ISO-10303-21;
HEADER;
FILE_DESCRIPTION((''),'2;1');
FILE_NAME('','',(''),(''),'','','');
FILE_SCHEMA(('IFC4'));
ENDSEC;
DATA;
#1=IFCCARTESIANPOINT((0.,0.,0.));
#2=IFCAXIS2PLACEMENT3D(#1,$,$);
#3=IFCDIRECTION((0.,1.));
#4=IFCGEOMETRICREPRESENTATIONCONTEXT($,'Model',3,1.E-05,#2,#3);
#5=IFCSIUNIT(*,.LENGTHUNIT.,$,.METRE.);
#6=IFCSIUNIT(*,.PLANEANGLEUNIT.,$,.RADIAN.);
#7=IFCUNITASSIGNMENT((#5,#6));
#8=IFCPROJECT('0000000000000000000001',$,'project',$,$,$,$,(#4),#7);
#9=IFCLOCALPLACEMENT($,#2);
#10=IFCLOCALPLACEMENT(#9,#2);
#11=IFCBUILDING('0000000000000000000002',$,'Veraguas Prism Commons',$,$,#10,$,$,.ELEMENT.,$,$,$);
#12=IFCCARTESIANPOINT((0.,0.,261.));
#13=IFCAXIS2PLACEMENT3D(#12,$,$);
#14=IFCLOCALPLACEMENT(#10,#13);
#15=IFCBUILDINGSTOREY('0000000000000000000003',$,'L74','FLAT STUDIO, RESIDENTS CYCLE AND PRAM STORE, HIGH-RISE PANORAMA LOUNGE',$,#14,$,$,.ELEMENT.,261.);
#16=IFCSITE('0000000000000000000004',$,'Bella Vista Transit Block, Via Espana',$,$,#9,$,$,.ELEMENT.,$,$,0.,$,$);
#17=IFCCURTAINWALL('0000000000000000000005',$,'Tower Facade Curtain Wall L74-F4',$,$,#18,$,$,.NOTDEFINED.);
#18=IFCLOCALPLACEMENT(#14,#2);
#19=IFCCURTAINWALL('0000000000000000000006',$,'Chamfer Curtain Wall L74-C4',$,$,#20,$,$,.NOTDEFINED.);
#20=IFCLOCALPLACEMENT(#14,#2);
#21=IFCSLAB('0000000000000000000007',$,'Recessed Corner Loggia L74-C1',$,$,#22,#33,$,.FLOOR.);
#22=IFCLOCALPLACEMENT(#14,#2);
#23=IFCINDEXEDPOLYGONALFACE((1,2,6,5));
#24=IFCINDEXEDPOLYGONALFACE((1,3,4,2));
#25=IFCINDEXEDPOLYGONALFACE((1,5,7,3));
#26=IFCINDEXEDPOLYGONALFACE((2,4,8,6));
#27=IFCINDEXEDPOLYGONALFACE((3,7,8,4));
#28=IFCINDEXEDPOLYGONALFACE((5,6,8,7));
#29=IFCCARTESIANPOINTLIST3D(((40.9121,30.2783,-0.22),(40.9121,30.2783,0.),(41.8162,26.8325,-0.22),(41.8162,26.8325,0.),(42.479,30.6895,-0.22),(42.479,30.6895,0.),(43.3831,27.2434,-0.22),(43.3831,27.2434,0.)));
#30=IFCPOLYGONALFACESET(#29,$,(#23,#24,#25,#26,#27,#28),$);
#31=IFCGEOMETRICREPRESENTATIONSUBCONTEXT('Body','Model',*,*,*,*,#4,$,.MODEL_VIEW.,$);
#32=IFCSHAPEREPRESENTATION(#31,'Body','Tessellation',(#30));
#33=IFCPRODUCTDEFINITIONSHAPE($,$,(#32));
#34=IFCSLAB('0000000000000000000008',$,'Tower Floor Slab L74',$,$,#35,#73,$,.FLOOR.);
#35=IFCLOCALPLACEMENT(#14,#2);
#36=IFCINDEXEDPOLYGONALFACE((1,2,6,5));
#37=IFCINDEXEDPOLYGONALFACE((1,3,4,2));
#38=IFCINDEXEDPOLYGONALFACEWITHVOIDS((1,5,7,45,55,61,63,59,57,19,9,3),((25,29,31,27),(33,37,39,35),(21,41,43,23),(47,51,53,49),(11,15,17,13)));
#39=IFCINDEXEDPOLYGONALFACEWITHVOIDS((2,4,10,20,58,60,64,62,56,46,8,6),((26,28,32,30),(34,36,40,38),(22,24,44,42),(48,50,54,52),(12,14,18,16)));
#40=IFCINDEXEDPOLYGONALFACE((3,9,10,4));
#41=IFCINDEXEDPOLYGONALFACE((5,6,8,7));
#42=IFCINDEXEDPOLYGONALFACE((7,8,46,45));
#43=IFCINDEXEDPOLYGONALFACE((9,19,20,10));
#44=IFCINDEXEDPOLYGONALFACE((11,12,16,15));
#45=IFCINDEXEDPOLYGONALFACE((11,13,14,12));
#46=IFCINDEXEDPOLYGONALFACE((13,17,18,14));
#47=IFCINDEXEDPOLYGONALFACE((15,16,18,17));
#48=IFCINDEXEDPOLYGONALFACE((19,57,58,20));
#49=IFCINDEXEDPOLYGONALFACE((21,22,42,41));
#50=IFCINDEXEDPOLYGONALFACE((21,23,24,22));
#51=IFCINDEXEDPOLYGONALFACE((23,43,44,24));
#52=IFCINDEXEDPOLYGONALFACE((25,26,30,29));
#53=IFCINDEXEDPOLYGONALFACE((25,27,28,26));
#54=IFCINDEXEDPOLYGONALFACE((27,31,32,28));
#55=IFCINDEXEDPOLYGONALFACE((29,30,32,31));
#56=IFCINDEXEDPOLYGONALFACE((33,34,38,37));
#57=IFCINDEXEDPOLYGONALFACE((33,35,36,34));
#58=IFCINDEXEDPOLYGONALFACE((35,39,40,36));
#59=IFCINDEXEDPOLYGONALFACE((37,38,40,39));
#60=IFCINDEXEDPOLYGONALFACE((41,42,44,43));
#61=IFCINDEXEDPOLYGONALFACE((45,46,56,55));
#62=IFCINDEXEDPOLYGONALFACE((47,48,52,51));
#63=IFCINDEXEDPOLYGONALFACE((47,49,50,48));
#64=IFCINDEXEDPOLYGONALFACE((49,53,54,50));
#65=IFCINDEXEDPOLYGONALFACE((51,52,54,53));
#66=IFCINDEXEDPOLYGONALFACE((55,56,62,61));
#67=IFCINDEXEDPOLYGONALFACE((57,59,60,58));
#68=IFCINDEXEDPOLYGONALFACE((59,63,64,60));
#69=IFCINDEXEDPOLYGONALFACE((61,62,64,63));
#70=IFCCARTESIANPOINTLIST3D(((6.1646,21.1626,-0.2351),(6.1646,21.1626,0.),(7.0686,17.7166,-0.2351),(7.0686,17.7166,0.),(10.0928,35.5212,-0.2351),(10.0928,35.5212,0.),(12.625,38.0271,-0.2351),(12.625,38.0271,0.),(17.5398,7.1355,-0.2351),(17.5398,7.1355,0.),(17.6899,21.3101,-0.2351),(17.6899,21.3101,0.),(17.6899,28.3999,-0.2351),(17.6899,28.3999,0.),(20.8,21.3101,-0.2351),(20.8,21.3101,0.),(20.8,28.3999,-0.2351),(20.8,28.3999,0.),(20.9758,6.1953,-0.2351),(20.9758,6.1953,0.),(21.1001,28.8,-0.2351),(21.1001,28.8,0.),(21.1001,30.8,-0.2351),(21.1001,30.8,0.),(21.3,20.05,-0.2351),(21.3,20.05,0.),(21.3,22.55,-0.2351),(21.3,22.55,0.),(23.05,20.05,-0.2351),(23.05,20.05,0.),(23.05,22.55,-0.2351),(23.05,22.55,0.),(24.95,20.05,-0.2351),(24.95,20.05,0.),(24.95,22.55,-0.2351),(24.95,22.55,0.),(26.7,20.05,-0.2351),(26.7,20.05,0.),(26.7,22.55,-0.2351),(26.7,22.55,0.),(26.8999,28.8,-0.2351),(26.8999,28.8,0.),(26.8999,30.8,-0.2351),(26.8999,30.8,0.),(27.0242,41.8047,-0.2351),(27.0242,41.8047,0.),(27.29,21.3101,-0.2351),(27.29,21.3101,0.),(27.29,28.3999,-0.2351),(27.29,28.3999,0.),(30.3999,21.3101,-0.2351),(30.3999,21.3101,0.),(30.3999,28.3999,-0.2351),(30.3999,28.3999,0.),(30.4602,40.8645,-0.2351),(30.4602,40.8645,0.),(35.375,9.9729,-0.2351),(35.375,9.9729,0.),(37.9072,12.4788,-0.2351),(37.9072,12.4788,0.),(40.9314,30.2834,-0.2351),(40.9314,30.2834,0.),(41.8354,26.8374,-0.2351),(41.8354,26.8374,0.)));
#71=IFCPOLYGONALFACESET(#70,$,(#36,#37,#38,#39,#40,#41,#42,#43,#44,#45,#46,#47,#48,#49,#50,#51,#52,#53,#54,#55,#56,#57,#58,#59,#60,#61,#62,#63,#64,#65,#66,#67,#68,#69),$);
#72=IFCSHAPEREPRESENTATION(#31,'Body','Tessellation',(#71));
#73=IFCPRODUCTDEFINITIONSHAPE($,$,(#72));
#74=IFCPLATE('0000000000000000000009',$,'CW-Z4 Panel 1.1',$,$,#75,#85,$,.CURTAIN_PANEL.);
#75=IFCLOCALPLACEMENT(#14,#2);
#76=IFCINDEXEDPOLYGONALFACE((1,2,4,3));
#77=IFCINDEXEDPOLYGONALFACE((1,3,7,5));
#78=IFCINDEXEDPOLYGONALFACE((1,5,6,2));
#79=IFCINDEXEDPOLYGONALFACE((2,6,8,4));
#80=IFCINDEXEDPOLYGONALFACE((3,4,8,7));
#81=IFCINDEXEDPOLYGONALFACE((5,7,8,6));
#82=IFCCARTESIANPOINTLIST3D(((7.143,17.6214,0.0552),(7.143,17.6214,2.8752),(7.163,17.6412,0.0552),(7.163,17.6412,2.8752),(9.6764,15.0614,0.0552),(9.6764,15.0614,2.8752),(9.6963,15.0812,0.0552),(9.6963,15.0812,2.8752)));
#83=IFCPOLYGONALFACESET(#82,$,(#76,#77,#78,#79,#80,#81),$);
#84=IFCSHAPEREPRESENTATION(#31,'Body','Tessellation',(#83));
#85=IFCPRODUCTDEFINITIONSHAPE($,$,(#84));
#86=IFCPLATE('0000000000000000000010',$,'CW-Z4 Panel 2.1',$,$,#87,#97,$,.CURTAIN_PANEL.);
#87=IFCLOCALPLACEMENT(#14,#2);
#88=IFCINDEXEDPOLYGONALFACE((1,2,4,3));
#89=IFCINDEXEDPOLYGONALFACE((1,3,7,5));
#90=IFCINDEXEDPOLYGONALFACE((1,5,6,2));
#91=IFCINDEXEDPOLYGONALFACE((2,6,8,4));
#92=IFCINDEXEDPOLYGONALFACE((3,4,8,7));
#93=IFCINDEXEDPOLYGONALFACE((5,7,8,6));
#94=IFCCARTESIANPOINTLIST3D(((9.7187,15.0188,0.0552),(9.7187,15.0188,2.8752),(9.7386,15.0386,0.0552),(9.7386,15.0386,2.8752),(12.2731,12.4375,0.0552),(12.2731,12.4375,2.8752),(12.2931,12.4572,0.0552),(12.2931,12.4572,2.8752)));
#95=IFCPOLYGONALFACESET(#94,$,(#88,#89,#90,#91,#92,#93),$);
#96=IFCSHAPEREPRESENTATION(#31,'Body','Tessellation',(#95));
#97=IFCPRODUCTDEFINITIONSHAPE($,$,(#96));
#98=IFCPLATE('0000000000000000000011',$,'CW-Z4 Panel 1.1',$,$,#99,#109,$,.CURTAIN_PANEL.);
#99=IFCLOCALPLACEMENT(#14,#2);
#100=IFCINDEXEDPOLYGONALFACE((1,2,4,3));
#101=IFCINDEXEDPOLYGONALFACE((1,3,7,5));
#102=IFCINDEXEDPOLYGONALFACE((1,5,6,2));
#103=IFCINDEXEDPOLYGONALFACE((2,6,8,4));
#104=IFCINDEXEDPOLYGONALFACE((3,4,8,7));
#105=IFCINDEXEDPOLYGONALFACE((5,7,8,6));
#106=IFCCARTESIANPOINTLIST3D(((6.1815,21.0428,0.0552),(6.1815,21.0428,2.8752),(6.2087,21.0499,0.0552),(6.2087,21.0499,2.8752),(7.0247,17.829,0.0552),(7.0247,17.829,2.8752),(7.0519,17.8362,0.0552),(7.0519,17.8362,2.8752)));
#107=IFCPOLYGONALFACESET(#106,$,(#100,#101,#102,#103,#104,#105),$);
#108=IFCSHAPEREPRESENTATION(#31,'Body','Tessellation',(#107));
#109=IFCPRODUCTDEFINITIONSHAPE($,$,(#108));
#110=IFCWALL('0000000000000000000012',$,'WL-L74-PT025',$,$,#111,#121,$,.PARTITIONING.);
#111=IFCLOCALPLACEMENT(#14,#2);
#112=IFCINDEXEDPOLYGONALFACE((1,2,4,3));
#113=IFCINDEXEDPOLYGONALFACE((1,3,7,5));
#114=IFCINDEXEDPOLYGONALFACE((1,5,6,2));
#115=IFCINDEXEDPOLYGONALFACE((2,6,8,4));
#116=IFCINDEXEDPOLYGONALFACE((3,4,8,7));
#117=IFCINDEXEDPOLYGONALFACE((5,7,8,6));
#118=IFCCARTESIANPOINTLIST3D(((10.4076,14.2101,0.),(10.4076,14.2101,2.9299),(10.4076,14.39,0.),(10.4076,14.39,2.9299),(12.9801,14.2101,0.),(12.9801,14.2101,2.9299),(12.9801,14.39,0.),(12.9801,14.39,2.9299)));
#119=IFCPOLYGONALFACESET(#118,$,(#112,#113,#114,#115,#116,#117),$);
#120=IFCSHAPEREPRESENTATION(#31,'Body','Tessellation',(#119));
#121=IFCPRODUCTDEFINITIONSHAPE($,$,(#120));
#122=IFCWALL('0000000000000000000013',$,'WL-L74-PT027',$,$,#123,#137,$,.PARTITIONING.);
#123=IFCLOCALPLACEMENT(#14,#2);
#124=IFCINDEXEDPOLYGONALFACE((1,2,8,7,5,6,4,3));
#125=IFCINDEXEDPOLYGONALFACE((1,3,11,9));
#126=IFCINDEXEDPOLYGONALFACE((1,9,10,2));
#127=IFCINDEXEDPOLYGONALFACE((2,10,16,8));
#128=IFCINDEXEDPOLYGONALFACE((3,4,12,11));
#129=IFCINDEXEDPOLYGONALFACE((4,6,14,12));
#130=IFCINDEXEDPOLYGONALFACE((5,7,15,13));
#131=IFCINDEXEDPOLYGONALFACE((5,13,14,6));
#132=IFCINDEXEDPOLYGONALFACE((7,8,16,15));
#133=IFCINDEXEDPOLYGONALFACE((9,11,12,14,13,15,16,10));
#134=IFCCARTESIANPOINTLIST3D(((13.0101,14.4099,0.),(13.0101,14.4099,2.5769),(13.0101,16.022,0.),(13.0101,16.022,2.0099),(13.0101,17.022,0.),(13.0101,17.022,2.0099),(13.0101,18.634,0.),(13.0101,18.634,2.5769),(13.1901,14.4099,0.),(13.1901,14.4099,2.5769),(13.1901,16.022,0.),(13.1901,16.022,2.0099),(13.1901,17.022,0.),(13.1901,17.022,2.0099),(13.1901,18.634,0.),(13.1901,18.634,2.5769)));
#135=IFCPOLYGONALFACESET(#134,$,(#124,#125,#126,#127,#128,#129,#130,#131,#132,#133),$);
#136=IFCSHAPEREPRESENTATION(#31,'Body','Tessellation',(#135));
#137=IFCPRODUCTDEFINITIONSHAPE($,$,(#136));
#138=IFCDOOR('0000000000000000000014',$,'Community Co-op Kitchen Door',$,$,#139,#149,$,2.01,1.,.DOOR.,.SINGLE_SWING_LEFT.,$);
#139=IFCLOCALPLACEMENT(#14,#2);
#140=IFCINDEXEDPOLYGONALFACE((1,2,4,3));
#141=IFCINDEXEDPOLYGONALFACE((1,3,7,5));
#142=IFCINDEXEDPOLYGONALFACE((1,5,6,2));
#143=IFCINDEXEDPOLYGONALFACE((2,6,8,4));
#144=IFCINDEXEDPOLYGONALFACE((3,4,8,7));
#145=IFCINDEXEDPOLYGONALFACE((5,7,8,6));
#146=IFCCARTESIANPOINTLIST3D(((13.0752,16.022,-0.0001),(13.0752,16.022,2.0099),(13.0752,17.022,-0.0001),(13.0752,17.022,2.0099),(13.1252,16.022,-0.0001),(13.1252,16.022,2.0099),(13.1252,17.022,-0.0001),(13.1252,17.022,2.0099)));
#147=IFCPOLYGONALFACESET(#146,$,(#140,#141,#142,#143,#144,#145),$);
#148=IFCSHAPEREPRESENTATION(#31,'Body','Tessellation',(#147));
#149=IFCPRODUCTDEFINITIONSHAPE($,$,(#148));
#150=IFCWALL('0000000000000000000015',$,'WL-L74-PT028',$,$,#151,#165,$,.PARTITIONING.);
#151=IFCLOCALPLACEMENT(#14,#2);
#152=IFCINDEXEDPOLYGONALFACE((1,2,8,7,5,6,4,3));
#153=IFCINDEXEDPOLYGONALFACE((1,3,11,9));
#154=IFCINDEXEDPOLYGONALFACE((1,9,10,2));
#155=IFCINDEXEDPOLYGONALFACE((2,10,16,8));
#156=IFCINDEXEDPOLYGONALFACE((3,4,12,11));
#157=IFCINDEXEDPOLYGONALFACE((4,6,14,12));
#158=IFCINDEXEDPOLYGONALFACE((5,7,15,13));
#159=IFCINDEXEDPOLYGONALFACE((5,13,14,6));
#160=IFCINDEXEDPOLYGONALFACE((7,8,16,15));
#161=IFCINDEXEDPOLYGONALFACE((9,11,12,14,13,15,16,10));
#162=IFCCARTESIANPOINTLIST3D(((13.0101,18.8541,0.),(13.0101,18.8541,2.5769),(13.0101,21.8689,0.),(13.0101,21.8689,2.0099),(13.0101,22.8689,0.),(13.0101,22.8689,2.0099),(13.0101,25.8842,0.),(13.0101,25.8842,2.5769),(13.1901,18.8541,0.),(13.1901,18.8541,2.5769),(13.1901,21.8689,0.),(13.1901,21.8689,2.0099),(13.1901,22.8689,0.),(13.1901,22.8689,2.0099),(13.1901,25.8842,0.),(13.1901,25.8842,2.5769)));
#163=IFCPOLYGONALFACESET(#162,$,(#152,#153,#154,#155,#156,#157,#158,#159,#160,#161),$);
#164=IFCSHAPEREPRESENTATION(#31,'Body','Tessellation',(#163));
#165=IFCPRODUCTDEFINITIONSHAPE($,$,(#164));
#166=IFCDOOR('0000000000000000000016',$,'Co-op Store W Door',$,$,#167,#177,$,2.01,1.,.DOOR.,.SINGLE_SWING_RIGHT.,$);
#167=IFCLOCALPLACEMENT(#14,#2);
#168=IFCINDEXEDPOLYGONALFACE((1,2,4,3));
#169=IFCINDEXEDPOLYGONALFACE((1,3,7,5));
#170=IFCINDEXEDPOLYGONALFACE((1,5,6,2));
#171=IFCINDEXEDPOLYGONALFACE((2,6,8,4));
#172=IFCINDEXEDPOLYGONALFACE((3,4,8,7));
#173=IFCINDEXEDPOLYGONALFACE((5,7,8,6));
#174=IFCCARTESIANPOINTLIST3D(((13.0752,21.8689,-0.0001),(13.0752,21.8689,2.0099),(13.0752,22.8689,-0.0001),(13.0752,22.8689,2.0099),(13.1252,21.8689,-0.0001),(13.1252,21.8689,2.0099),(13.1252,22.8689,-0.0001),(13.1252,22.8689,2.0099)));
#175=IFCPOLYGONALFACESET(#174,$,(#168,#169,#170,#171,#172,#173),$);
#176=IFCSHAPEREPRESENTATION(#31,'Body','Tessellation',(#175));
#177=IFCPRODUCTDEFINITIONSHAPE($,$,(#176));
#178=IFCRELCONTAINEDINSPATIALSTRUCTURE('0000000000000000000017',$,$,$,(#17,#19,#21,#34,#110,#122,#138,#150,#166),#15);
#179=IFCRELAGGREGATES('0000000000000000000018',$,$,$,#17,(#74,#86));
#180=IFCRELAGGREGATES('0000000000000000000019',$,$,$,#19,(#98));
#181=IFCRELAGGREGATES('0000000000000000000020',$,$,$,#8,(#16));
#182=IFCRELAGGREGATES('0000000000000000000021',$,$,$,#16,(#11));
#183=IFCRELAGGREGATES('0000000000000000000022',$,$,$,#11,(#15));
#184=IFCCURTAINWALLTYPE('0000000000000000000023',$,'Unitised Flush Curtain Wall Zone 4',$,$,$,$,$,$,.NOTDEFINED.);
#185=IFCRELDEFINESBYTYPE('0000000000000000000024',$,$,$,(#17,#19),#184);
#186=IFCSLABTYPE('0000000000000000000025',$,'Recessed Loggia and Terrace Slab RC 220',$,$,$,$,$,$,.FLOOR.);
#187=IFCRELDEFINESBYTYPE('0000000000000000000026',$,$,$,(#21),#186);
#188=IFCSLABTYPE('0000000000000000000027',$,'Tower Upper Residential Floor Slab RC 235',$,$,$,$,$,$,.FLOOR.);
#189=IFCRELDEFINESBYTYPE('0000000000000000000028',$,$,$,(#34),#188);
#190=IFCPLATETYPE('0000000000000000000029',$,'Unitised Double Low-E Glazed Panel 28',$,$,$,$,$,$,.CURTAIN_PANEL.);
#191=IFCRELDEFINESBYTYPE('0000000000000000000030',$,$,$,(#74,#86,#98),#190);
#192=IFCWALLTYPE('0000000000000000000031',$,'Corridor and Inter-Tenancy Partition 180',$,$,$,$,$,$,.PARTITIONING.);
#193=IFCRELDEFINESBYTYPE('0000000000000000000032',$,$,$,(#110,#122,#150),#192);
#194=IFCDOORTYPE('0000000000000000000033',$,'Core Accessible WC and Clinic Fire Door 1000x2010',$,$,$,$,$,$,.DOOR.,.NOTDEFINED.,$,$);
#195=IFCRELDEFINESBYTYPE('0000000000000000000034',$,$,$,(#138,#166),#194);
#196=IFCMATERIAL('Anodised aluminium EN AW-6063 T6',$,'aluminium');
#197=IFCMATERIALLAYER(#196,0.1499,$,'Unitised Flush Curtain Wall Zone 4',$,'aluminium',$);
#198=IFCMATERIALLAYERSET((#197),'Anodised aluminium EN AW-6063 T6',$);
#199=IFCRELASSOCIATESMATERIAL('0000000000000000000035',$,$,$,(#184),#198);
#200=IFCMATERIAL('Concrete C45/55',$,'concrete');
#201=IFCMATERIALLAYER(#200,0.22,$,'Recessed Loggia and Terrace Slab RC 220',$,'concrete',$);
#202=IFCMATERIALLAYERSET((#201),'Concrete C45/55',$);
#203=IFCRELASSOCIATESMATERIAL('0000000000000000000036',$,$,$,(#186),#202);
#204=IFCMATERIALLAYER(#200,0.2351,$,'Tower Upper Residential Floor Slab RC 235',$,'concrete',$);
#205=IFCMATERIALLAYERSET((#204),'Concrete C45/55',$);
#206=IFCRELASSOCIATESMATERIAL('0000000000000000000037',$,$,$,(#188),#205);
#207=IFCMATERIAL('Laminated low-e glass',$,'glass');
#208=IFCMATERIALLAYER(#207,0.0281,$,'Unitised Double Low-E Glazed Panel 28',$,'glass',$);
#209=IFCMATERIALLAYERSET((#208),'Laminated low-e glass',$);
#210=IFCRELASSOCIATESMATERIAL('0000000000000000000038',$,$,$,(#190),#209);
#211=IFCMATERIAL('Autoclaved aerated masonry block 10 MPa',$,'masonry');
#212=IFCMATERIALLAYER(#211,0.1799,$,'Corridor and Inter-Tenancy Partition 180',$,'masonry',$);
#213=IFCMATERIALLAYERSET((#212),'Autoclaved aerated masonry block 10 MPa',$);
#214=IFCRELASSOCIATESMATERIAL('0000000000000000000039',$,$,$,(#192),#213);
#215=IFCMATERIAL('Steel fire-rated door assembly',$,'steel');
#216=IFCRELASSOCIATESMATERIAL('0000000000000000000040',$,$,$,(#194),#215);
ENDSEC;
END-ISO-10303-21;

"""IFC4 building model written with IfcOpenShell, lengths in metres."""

from ifc_helpers import new_model, si_unit, direction, frame, frame_2d, origin, origin_2d, place, context, subcontext, project, spatial, polyline, rectangle, outline, extrude, source, transform, mapped, material, layer, layer_set, type_object, element, fill, aggregate, save


model = new_model("IFC4")

# Units and contexts
model_context = context("Model", 3, precision=1e-05, world=origin(), true_north=direction((0.0, 1.0)))
body_context = subcontext(model_context, "Body", "Model", "MODEL_VIEW")
ifc_project = project(units=[si_unit("LENGTHUNIT", "METRE"), si_unit("PLANEANGLEUNIT", "RADIAN")], contexts=[model_context])

# Site, building, storey
site_placement = place(None, origin())
site = spatial("IfcSite", under=ifc_project, at=site_placement, Name="Bella Vista Transit Block, Via Espana", CompositionType="ELEMENT", RefElevation=0.0)
building_placement = place(site_placement, origin())
building = spatial("IfcBuilding", under=site, at=building_placement, Name="Veraguas Prism Commons", CompositionType="ELEMENT")
storey_placement = place(building_placement, frame((0.0, 0.0, 261.0)))
storey = spatial("IfcBuildingStorey", under=building, at=storey_placement, Name="L74", Description="FLAT STUDIO, RESIDENTS CYCLE AND PRAM STORE, HIGH-RISE PANORAMA LOUNGE", CompositionType="ELEMENT", Elevation=261.0)

# Curtain wall
ifc_material_1 = material(Name="Anodised aluminium EN AW-6063 T6", Category="aluminium")
ifc_layer_1 = layer(ifc_material_1, 0.1499, Name="Unitised Flush Curtain Wall Zone 4", Category="aluminium")
ifc_layer_set_1 = layer_set([ifc_layer_1], Name="Anodised aluminium EN AW-6063 T6")
curtain_wall_type = type_object("IfcCurtainWallType", Name="Unitised Flush Curtain Wall Zone 4", PredefinedType="NOTDEFINED", material=ifc_layer_set_1)
curtain_wall_1_placement = place(storey_placement, origin())
curtain_wall_1 = element("IfcCurtainWall", 1, at=curtain_wall_1_placement, inside=storey, type_object=curtain_wall_type, Name="Tower Facade Curtain Wall L74-F4", PredefinedType="NOTDEFINED")

# Curtain wall
curtain_wall_2_placement = place(storey_placement, origin())
curtain_wall_2 = element("IfcCurtainWall", 2, at=curtain_wall_2_placement, inside=storey, type_object=curtain_wall_type, Name="Chamfer Curtain Wall L74-C4", PredefinedType="NOTDEFINED")

# Slabs
ifc_material_2 = material(Name="Concrete C45/55", Category="concrete")
ifc_layer_2 = layer(ifc_material_2, 0.22, Name="Recessed Loggia and Terrace Slab RC 220", Category="concrete")
ifc_layer_set_2 = layer_set([ifc_layer_2], Name="Concrete C45/55")
slab_type_1 = type_object("IfcSlabType", Name="Recessed Loggia and Terrace Slab RC 220", PredefinedType="FLOOR", material=ifc_layer_set_2)
slab_1_placement = place(storey_placement, frame((0.0, 0.0, -0.22)))
element("IfcSlab", 3, at=slab_1_placement, inside=storey, type_object=slab_type_1, Name="Recessed Corner Loggia L74-C1", PredefinedType="FLOOR", context=body_context, shape_type="SweptSolid", body=[
    extrude(outline(polyline([(41.8162, 26.8325), (43.3831, 27.2434), (42.479, 30.6895), (40.9121, 30.2783), (41.8162, 26.8325)])), origin(), (0.0, 0.0, 1.0), 0.22),
])
ifc_layer_3 = layer(ifc_material_2, 0.2351, Name="Tower Upper Residential Floor Slab RC 235", Category="concrete")
ifc_layer_set_3 = layer_set([ifc_layer_3], Name="Concrete C45/55")
slab_type_2 = type_object("IfcSlabType", Name="Tower Upper Residential Floor Slab RC 235", PredefinedType="FLOOR", material=ifc_layer_set_3)
slab_2_placement = place(storey_placement, frame((0.0, 0.0, -0.2351)))
element("IfcSlab", 4, at=slab_2_placement, inside=storey, type_object=slab_type_2, Name="Tower Floor Slab L74", PredefinedType="FLOOR", context=body_context, shape_type="SweptSolid", body=[
    extrude(outline(polyline([(41.8354, 26.8374), (40.9314, 30.2834), (30.4602, 40.8645), (27.0242, 41.8047), (12.625, 38.0271), (10.0928, 35.5212), (6.1646, 21.1626), (7.0686, 17.7166), (17.5398, 7.1355), (20.9758, 6.1953), (35.375, 9.9729), (37.9072, 12.4788), (41.8354, 26.8374)]), holes=[polyline([(20.8, 21.3101), (20.8, 28.3999), (17.6899, 28.3999), (17.6899, 21.3101), (20.8, 21.3101)]), polyline([(30.3999, 21.3101), (30.3999, 28.3999), (27.29, 28.3999), (27.29, 21.3101), (30.3999, 21.3101)]), polyline([(21.1001, 28.8), (26.8999, 28.8), (26.8999, 30.8), (21.1001, 30.8), (21.1001, 28.8)]), polyline([(21.3, 20.05), (23.05, 20.05), (23.05, 22.55), (21.3, 22.55), (21.3, 20.05)]), polyline([(24.95, 20.05), (26.7, 20.05), (26.7, 22.55), (24.95, 22.55), (24.95, 20.05)])]), origin(), (0.0, 0.0, 1.0), 0.2351),
])

# Plates
ifc_material_3 = material(Name="Laminated low-e glass", Category="glass")
ifc_layer_4 = layer(ifc_material_3, 0.0281, Name="Unitised Double Low-E Glazed Panel 28", Category="glass")
ifc_layer_set_4 = layer_set([ifc_layer_4], Name="Laminated low-e glass")
plate_type = type_object("IfcPlateType", Name="Unitised Double Low-E Glazed Panel 28", PredefinedType="CURTAIN_PANEL", material=ifc_layer_set_4)
shared_shape_1 = source(origin(), body_context, "Body", "SweptSolid", [
    extrude(rectangle(XDim=3.6016, YDim=0.0281, at=origin_2d()), origin(), (0.0, 0.0, 1.0), 2.8201),
])
plate_1_placement = place(storey_placement, frame((8.4197, 16.3513, 0.0552), z_axis=(0.0, 0.0, 1.0), x_axis=(0.703392, -0.710802, 0.0)))
plate_1 = element("IfcPlate", 5, at=plate_1_placement, type_object=plate_type, Name="CW-Z4 Panel 1.1", PredefinedType="CURTAIN_PANEL", context=body_context, shape_type="MappedRepresentation", body=[
    mapped(shared_shape_1, transform((0.0, 0.0, 0.0), scale=1.0)),
])
shared_shape_2 = source(origin(), body_context, "Body", "SweptSolid", [
    extrude(rectangle(XDim=3.6316, YDim=0.0281, at=origin_2d()), origin(), (0.0, 0.0, 1.0), 2.8201),
])
plate_2_placement = place(storey_placement, frame((11.0059, 13.738, 0.0552), z_axis=(0.0, 0.0, 1.0), x_axis=(0.703392, -0.710802, 0.0)))
plate_2 = element("IfcPlate", 6, at=plate_2_placement, type_object=plate_type, Name="CW-Z4 Panel 2.1", PredefinedType="CURTAIN_PANEL", context=body_context, shape_type="MappedRepresentation", body=[
    mapped(shared_shape_2, transform((0.0, 0.0, 0.0), scale=1.0)),
])
aggregate(curtain_wall_1, [plate_1, plate_2])
shared_shape_3 = source(origin(), body_context, "Body", "SweptSolid", [
    extrude(rectangle(XDim=3.3225, YDim=0.0281, at=origin_2d()), origin(), (0.0, 0.0, 1.0), 2.8201),
])
plate_3_placement = place(storey_placement, frame((6.6167, 19.4395, 0.0552), z_axis=(0.0, 0.0, 1.0), x_axis=(0.25379, -0.967259, 0.0)))
plate_3 = element("IfcPlate", 7, at=plate_3_placement, type_object=plate_type, Name="CW-Z4 Panel 1.1", PredefinedType="CURTAIN_PANEL", context=body_context, shape_type="MappedRepresentation", body=[
    mapped(shared_shape_3, transform((0.0, 0.0, 0.0), scale=1.0)),
])
aggregate(curtain_wall_2, [plate_3])

# Wall
ifc_material_4 = material(Name="Autoclaved aerated masonry block 10 MPa", Category="masonry")
ifc_layer_5 = layer(ifc_material_4, 0.1799, Name="Corridor and Inter-Tenancy Partition 180", Category="masonry")
ifc_layer_set_5 = layer_set([ifc_layer_5], Name="Autoclaved aerated masonry block 10 MPa")
wall_type = type_object("IfcWallType", Name="Corridor and Inter-Tenancy Partition 180", PredefinedType="PARTITIONING", material=ifc_layer_set_5)
wall_1_placement = place(storey_placement, frame((12.98, 14.3, 0.0), z_axis=(0.0, 0.0, 1.0), x_axis=(-1.0, 0.0, 0.0)))
element("IfcWall", 8, at=wall_1_placement, inside=storey, type_object=wall_type, Name="WL-L74-PT025", PredefinedType="PARTITIONING", context=body_context, shape_type="SweptSolid", body=[
    extrude(rectangle(XDim=2.5725, YDim=0.1799, at=frame_2d((1.2861, 0.0))), origin(), (0.0, 0.0, 1.0), 2.9299),
])

# Walls, openings, doors
wall_2_placement = place(storey_placement, frame((13.1001, 14.4099, 0.0), z_axis=(0.0, 0.0, 1.0), x_axis=(0.0, 1.0, 0.0)))
wall_2 = element("IfcWall", 9, at=wall_2_placement, inside=storey, type_object=wall_type, Name="WL-L74-PT027", PredefinedType="PARTITIONING", context=body_context, shape_type="SweptSolid", body=[
    extrude(rectangle(XDim=4.2241, YDim=0.1799, at=frame_2d((2.1121, 0.0))), origin(), (0.0, 0.0, 1.0), 2.5769),
])
opening_1_placement = place(wall_2_placement, frame((1.6121, 0.0, 0.0)))
opening_1 = element("IfcOpeningElement", 10, at=opening_1_placement, cuts=wall_2, PredefinedType="OPENING", context=body_context, shape_type="SweptSolid", body=[
    extrude(rectangle(XDim=1.0, YDim=2.01, at=frame_2d((0.5, 1.0049))), frame((0.0, 0.0999, 0.0), z_axis=(0.0, -1.0, 0.0), x_axis=(1.0, 0.0, 0.0)), (0.0, 0.0, 1.0), 0.2),
])
ifc_material_5 = material(Name="Steel fire-rated door assembly", Category="steel")
door_type_1 = type_object("IfcDoorType", Name="Core Accessible WC and Clinic Fire Door 1000x2010", OperationType="NOTDEFINED", PredefinedType="DOOR", material=ifc_material_5)
shared_shape_4 = source(origin(), body_context, "Body", "SweptSolid", [
    extrude(rectangle(XDim=1.0, YDim=2.01, at=frame_2d((0.5, 1.0049))), frame((0.0, 0.0249, 0.0), z_axis=(0.0, -1.0, 0.0), x_axis=(1.0, 0.0, 0.0)), (0.0, 0.0, 1.0), 0.05),
])
door_1_placement = place(opening_1_placement, origin())
door_1 = element("IfcDoor", 11, at=door_1_placement, inside=storey, type_object=door_type_1, Name="Community Co-op Kitchen Door", OperationType="SINGLE_SWING_LEFT", OverallHeight=2.01, OverallWidth=1.0, PredefinedType="DOOR", context=body_context, shape_type="MappedRepresentation", body=[
    mapped(shared_shape_4, transform((0.0, 0.0, 0.0), scale=1.0)),
])
fill(opening_1, door_1)
wall_3_placement = place(storey_placement, frame((13.1001, 18.854, 0.0), z_axis=(0.0, 0.0, 1.0), x_axis=(0.0, 1.0, 0.0)))
wall_3 = element("IfcWall", 12, at=wall_3_placement, inside=storey, type_object=wall_type, Name="WL-L74-PT028", PredefinedType="PARTITIONING", context=body_context, shape_type="SweptSolid", body=[
    extrude(rectangle(XDim=7.03, YDim=0.1799, at=frame_2d((3.5151, 0.0))), origin(), (0.0, 0.0, 1.0), 2.5769),
])
opening_2_placement = place(wall_3_placement, frame((3.0149, 0.0, 0.0)))
opening_2 = element("IfcOpeningElement", 13, at=opening_2_placement, cuts=wall_3, PredefinedType="OPENING", context=body_context, shape_type="SweptSolid", body=[
    extrude(rectangle(XDim=1.0, YDim=2.01, at=frame_2d((0.5, 1.0049))), frame((0.0, 0.0999, 0.0), z_axis=(0.0, -1.0, 0.0), x_axis=(1.0, 0.0, 0.0)), (0.0, 0.0, 1.0), 0.2),
])
door_2_placement = place(opening_2_placement, origin())
door_2 = element("IfcDoor", 14, at=door_2_placement, inside=storey, type_object=door_type_1, Name="Co-op Store W Door", OperationType="SINGLE_SWING_RIGHT", OverallHeight=2.01, OverallWidth=1.0, PredefinedType="DOOR", context=body_context, shape_type="MappedRepresentation", body=[
    mapped(shared_shape_4, transform((0.0, 0.0, 0.0), scale=1.0)),
])
fill(opening_2, door_2)

save(model, "model.ifc")
